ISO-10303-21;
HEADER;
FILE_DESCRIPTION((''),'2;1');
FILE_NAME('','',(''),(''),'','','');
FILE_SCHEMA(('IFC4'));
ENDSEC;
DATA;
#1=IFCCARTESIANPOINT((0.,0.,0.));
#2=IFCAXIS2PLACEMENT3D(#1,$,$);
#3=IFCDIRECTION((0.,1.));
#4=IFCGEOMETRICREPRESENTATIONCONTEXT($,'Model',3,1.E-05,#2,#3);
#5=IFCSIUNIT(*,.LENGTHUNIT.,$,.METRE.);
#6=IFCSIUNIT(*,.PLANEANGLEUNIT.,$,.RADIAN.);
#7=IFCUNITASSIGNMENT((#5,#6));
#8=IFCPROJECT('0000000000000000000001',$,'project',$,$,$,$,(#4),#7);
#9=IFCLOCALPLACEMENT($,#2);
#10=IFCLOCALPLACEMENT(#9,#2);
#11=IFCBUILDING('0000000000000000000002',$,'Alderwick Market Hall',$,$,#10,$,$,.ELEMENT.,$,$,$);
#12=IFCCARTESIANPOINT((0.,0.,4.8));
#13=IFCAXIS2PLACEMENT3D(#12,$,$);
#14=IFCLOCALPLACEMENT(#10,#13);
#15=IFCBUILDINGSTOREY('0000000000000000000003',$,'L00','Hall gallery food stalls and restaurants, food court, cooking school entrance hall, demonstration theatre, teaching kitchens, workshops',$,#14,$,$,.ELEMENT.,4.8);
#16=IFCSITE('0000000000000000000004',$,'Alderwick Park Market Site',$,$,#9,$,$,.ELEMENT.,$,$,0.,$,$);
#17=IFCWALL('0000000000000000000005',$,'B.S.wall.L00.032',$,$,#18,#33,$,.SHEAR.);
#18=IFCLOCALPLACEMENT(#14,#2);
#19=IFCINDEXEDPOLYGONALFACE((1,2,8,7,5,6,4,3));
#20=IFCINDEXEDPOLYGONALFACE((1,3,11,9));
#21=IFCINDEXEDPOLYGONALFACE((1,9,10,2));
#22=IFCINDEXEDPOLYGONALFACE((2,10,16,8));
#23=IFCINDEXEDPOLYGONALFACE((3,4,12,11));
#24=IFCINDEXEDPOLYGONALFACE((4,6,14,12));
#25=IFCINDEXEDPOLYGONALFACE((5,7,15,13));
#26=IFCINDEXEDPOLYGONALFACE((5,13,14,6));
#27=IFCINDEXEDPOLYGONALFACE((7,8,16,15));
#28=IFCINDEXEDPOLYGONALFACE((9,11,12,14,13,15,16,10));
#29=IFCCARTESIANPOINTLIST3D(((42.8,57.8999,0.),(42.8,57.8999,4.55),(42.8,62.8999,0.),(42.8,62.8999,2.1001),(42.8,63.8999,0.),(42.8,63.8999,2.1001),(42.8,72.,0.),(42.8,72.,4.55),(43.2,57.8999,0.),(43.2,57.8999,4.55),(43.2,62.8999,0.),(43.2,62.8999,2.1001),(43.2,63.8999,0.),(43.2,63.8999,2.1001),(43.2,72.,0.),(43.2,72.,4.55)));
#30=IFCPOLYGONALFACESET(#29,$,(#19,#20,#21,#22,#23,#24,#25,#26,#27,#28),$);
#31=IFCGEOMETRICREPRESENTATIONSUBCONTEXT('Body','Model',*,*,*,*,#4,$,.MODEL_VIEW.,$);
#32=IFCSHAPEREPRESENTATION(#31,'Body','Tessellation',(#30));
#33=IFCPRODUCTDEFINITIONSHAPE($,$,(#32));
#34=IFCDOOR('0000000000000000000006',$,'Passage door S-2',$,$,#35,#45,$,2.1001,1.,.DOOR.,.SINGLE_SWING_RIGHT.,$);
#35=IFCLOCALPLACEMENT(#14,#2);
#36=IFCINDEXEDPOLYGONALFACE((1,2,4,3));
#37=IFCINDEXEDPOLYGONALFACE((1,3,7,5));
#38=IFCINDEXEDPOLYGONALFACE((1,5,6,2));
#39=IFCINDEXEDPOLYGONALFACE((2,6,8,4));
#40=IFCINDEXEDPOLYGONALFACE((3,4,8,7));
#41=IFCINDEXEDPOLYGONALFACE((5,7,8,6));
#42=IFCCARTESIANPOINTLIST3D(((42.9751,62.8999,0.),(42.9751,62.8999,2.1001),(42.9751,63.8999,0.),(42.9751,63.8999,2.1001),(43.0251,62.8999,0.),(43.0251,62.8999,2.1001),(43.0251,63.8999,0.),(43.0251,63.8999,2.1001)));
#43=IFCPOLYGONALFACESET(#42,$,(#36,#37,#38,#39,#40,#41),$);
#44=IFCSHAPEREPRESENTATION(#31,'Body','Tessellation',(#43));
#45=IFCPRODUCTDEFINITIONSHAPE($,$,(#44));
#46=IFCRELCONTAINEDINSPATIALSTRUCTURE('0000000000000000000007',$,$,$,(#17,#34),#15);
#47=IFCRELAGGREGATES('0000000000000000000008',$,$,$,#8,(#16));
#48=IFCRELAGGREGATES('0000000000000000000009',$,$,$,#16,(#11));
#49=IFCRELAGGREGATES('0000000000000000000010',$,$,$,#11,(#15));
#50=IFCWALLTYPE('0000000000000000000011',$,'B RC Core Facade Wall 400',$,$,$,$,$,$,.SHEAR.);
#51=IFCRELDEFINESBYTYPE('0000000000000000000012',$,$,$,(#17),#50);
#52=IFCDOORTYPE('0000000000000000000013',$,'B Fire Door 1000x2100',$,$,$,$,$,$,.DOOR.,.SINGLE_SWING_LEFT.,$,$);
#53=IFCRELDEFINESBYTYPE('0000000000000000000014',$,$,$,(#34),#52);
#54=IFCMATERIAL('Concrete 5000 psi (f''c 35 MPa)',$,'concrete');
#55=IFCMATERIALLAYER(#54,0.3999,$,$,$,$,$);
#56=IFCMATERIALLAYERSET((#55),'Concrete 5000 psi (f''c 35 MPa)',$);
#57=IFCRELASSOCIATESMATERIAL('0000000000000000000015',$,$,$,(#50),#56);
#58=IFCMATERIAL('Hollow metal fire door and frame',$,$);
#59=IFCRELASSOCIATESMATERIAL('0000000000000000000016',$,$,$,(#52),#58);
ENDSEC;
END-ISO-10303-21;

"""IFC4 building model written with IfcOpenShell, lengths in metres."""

from ifc_helpers import new_model, si_unit, direction, frame, frame_2d, origin, place, context, subcontext, project, spatial, rectangle, extrude, material, layer, layer_set, type_object, element, fill, save


model = new_model("IFC4")

# Units and contexts
model_context = context("Model", 3, precision=1e-05, world=origin(), true_north=direction((0.0, 1.0)))
body_context = subcontext(model_context, "Body", "Model", "MODEL_VIEW")
ifc_project = project(units=[si_unit("LENGTHUNIT", "METRE"), si_unit("PLANEANGLEUNIT", "RADIAN")], contexts=[model_context])

# Site, building, storey
site_placement = place(None, origin())
site = spatial("IfcSite", under=ifc_project, at=site_placement, Name="Alderwick Park Market Site", CompositionType="ELEMENT", RefElevation=0.0)
building_placement = place(site_placement, origin())
building = spatial("IfcBuilding", under=site, at=building_placement, Name="Alderwick Market Hall", CompositionType="ELEMENT")
storey_placement = place(building_placement, frame((0.0, 0.0, 4.8)))
storey = spatial("IfcBuildingStorey", under=building, at=storey_placement, Name="L00", Description="Hall gallery food stalls and restaurants, food court, cooking school entrance hall, demonstration theatre, teaching kitchens, workshops", CompositionType="ELEMENT", Elevation=4.8)

# Shared definitions
ifc_material_1 = material(Name="Concrete 5000 psi (f'c 35 MPa)", Category="concrete")

# Wall, opening, door
ifc_layer_1 = layer(ifc_material_1, 0.3999)
ifc_layer_set_1 = layer_set([ifc_layer_1], Name="Concrete 5000 psi (f'c 35 MPa)")
wall_type_1 = type_object("IfcWallType", Name="B RC Core Facade Wall 400", PredefinedType="SHEAR", material=ifc_layer_set_1)
wall_1_placement = place(storey_placement, frame((43.0, 57.8999, 0.0), z_axis=(0.0, 0.0, 1.0), x_axis=(0.0, 1.0, 0.0)))
wall_1 = element("IfcWall", 1, at=wall_1_placement, inside=storey, type_object=wall_type_1, Name="B.S.wall.L00.032", PredefinedType="SHEAR", context=body_context, shape_type="SweptSolid", body=[
    extrude(rectangle(XDim=14.1001, YDim=0.3999, at=frame_2d((7.05, 0.0))), origin(), (0.0, 0.0, 1.0), 4.55),
])
opening_1_placement = place(wall_1_placement, frame((5.0, 0.0, 0.0)))
opening_1 = element("IfcOpeningElement", 2, at=opening_1_placement, cuts=wall_1, PredefinedType="OPENING", context=body_context, shape_type="SweptSolid", body=[
    extrude(rectangle(XDim=1.0, YDim=2.1001, at=frame_2d((0.5, 1.05))), frame((0.0, 0.21, 0.0), z_axis=(0.0, -1.0, 0.0), x_axis=(1.0, 0.0, 0.0)), (0.0, 0.0, 1.0), 0.4199),
])
ifc_material_2 = material(Name="Hollow metal fire door and frame")
door_type = type_object("IfcDoorType", Name="B Fire Door 1000x2100", OperationType="SINGLE_SWING_LEFT", PredefinedType="DOOR", material=ifc_material_2)
door_placement = place(opening_1_placement, origin())
door = element("IfcDoor", 3, at=door_placement, inside=storey, type_object=door_type, Name="Passage door S-2", OperationType="SINGLE_SWING_RIGHT", OverallHeight=2.1001, OverallWidth=1.0, PredefinedType="DOOR", context=body_context, shape_type="SweptSolid", body=[
    extrude(rectangle(XDim=1.0, YDim=2.1001, at=frame_2d((0.5, 1.05))), frame((0.0, 0.0249, 0.0), z_axis=(0.0, -1.0, 0.0), x_axis=(1.0, 0.0, 0.0)), (0.0, 0.0, 1.0), 0.05),
])
fill(opening_1, door)

save(model, "model.ifc")
